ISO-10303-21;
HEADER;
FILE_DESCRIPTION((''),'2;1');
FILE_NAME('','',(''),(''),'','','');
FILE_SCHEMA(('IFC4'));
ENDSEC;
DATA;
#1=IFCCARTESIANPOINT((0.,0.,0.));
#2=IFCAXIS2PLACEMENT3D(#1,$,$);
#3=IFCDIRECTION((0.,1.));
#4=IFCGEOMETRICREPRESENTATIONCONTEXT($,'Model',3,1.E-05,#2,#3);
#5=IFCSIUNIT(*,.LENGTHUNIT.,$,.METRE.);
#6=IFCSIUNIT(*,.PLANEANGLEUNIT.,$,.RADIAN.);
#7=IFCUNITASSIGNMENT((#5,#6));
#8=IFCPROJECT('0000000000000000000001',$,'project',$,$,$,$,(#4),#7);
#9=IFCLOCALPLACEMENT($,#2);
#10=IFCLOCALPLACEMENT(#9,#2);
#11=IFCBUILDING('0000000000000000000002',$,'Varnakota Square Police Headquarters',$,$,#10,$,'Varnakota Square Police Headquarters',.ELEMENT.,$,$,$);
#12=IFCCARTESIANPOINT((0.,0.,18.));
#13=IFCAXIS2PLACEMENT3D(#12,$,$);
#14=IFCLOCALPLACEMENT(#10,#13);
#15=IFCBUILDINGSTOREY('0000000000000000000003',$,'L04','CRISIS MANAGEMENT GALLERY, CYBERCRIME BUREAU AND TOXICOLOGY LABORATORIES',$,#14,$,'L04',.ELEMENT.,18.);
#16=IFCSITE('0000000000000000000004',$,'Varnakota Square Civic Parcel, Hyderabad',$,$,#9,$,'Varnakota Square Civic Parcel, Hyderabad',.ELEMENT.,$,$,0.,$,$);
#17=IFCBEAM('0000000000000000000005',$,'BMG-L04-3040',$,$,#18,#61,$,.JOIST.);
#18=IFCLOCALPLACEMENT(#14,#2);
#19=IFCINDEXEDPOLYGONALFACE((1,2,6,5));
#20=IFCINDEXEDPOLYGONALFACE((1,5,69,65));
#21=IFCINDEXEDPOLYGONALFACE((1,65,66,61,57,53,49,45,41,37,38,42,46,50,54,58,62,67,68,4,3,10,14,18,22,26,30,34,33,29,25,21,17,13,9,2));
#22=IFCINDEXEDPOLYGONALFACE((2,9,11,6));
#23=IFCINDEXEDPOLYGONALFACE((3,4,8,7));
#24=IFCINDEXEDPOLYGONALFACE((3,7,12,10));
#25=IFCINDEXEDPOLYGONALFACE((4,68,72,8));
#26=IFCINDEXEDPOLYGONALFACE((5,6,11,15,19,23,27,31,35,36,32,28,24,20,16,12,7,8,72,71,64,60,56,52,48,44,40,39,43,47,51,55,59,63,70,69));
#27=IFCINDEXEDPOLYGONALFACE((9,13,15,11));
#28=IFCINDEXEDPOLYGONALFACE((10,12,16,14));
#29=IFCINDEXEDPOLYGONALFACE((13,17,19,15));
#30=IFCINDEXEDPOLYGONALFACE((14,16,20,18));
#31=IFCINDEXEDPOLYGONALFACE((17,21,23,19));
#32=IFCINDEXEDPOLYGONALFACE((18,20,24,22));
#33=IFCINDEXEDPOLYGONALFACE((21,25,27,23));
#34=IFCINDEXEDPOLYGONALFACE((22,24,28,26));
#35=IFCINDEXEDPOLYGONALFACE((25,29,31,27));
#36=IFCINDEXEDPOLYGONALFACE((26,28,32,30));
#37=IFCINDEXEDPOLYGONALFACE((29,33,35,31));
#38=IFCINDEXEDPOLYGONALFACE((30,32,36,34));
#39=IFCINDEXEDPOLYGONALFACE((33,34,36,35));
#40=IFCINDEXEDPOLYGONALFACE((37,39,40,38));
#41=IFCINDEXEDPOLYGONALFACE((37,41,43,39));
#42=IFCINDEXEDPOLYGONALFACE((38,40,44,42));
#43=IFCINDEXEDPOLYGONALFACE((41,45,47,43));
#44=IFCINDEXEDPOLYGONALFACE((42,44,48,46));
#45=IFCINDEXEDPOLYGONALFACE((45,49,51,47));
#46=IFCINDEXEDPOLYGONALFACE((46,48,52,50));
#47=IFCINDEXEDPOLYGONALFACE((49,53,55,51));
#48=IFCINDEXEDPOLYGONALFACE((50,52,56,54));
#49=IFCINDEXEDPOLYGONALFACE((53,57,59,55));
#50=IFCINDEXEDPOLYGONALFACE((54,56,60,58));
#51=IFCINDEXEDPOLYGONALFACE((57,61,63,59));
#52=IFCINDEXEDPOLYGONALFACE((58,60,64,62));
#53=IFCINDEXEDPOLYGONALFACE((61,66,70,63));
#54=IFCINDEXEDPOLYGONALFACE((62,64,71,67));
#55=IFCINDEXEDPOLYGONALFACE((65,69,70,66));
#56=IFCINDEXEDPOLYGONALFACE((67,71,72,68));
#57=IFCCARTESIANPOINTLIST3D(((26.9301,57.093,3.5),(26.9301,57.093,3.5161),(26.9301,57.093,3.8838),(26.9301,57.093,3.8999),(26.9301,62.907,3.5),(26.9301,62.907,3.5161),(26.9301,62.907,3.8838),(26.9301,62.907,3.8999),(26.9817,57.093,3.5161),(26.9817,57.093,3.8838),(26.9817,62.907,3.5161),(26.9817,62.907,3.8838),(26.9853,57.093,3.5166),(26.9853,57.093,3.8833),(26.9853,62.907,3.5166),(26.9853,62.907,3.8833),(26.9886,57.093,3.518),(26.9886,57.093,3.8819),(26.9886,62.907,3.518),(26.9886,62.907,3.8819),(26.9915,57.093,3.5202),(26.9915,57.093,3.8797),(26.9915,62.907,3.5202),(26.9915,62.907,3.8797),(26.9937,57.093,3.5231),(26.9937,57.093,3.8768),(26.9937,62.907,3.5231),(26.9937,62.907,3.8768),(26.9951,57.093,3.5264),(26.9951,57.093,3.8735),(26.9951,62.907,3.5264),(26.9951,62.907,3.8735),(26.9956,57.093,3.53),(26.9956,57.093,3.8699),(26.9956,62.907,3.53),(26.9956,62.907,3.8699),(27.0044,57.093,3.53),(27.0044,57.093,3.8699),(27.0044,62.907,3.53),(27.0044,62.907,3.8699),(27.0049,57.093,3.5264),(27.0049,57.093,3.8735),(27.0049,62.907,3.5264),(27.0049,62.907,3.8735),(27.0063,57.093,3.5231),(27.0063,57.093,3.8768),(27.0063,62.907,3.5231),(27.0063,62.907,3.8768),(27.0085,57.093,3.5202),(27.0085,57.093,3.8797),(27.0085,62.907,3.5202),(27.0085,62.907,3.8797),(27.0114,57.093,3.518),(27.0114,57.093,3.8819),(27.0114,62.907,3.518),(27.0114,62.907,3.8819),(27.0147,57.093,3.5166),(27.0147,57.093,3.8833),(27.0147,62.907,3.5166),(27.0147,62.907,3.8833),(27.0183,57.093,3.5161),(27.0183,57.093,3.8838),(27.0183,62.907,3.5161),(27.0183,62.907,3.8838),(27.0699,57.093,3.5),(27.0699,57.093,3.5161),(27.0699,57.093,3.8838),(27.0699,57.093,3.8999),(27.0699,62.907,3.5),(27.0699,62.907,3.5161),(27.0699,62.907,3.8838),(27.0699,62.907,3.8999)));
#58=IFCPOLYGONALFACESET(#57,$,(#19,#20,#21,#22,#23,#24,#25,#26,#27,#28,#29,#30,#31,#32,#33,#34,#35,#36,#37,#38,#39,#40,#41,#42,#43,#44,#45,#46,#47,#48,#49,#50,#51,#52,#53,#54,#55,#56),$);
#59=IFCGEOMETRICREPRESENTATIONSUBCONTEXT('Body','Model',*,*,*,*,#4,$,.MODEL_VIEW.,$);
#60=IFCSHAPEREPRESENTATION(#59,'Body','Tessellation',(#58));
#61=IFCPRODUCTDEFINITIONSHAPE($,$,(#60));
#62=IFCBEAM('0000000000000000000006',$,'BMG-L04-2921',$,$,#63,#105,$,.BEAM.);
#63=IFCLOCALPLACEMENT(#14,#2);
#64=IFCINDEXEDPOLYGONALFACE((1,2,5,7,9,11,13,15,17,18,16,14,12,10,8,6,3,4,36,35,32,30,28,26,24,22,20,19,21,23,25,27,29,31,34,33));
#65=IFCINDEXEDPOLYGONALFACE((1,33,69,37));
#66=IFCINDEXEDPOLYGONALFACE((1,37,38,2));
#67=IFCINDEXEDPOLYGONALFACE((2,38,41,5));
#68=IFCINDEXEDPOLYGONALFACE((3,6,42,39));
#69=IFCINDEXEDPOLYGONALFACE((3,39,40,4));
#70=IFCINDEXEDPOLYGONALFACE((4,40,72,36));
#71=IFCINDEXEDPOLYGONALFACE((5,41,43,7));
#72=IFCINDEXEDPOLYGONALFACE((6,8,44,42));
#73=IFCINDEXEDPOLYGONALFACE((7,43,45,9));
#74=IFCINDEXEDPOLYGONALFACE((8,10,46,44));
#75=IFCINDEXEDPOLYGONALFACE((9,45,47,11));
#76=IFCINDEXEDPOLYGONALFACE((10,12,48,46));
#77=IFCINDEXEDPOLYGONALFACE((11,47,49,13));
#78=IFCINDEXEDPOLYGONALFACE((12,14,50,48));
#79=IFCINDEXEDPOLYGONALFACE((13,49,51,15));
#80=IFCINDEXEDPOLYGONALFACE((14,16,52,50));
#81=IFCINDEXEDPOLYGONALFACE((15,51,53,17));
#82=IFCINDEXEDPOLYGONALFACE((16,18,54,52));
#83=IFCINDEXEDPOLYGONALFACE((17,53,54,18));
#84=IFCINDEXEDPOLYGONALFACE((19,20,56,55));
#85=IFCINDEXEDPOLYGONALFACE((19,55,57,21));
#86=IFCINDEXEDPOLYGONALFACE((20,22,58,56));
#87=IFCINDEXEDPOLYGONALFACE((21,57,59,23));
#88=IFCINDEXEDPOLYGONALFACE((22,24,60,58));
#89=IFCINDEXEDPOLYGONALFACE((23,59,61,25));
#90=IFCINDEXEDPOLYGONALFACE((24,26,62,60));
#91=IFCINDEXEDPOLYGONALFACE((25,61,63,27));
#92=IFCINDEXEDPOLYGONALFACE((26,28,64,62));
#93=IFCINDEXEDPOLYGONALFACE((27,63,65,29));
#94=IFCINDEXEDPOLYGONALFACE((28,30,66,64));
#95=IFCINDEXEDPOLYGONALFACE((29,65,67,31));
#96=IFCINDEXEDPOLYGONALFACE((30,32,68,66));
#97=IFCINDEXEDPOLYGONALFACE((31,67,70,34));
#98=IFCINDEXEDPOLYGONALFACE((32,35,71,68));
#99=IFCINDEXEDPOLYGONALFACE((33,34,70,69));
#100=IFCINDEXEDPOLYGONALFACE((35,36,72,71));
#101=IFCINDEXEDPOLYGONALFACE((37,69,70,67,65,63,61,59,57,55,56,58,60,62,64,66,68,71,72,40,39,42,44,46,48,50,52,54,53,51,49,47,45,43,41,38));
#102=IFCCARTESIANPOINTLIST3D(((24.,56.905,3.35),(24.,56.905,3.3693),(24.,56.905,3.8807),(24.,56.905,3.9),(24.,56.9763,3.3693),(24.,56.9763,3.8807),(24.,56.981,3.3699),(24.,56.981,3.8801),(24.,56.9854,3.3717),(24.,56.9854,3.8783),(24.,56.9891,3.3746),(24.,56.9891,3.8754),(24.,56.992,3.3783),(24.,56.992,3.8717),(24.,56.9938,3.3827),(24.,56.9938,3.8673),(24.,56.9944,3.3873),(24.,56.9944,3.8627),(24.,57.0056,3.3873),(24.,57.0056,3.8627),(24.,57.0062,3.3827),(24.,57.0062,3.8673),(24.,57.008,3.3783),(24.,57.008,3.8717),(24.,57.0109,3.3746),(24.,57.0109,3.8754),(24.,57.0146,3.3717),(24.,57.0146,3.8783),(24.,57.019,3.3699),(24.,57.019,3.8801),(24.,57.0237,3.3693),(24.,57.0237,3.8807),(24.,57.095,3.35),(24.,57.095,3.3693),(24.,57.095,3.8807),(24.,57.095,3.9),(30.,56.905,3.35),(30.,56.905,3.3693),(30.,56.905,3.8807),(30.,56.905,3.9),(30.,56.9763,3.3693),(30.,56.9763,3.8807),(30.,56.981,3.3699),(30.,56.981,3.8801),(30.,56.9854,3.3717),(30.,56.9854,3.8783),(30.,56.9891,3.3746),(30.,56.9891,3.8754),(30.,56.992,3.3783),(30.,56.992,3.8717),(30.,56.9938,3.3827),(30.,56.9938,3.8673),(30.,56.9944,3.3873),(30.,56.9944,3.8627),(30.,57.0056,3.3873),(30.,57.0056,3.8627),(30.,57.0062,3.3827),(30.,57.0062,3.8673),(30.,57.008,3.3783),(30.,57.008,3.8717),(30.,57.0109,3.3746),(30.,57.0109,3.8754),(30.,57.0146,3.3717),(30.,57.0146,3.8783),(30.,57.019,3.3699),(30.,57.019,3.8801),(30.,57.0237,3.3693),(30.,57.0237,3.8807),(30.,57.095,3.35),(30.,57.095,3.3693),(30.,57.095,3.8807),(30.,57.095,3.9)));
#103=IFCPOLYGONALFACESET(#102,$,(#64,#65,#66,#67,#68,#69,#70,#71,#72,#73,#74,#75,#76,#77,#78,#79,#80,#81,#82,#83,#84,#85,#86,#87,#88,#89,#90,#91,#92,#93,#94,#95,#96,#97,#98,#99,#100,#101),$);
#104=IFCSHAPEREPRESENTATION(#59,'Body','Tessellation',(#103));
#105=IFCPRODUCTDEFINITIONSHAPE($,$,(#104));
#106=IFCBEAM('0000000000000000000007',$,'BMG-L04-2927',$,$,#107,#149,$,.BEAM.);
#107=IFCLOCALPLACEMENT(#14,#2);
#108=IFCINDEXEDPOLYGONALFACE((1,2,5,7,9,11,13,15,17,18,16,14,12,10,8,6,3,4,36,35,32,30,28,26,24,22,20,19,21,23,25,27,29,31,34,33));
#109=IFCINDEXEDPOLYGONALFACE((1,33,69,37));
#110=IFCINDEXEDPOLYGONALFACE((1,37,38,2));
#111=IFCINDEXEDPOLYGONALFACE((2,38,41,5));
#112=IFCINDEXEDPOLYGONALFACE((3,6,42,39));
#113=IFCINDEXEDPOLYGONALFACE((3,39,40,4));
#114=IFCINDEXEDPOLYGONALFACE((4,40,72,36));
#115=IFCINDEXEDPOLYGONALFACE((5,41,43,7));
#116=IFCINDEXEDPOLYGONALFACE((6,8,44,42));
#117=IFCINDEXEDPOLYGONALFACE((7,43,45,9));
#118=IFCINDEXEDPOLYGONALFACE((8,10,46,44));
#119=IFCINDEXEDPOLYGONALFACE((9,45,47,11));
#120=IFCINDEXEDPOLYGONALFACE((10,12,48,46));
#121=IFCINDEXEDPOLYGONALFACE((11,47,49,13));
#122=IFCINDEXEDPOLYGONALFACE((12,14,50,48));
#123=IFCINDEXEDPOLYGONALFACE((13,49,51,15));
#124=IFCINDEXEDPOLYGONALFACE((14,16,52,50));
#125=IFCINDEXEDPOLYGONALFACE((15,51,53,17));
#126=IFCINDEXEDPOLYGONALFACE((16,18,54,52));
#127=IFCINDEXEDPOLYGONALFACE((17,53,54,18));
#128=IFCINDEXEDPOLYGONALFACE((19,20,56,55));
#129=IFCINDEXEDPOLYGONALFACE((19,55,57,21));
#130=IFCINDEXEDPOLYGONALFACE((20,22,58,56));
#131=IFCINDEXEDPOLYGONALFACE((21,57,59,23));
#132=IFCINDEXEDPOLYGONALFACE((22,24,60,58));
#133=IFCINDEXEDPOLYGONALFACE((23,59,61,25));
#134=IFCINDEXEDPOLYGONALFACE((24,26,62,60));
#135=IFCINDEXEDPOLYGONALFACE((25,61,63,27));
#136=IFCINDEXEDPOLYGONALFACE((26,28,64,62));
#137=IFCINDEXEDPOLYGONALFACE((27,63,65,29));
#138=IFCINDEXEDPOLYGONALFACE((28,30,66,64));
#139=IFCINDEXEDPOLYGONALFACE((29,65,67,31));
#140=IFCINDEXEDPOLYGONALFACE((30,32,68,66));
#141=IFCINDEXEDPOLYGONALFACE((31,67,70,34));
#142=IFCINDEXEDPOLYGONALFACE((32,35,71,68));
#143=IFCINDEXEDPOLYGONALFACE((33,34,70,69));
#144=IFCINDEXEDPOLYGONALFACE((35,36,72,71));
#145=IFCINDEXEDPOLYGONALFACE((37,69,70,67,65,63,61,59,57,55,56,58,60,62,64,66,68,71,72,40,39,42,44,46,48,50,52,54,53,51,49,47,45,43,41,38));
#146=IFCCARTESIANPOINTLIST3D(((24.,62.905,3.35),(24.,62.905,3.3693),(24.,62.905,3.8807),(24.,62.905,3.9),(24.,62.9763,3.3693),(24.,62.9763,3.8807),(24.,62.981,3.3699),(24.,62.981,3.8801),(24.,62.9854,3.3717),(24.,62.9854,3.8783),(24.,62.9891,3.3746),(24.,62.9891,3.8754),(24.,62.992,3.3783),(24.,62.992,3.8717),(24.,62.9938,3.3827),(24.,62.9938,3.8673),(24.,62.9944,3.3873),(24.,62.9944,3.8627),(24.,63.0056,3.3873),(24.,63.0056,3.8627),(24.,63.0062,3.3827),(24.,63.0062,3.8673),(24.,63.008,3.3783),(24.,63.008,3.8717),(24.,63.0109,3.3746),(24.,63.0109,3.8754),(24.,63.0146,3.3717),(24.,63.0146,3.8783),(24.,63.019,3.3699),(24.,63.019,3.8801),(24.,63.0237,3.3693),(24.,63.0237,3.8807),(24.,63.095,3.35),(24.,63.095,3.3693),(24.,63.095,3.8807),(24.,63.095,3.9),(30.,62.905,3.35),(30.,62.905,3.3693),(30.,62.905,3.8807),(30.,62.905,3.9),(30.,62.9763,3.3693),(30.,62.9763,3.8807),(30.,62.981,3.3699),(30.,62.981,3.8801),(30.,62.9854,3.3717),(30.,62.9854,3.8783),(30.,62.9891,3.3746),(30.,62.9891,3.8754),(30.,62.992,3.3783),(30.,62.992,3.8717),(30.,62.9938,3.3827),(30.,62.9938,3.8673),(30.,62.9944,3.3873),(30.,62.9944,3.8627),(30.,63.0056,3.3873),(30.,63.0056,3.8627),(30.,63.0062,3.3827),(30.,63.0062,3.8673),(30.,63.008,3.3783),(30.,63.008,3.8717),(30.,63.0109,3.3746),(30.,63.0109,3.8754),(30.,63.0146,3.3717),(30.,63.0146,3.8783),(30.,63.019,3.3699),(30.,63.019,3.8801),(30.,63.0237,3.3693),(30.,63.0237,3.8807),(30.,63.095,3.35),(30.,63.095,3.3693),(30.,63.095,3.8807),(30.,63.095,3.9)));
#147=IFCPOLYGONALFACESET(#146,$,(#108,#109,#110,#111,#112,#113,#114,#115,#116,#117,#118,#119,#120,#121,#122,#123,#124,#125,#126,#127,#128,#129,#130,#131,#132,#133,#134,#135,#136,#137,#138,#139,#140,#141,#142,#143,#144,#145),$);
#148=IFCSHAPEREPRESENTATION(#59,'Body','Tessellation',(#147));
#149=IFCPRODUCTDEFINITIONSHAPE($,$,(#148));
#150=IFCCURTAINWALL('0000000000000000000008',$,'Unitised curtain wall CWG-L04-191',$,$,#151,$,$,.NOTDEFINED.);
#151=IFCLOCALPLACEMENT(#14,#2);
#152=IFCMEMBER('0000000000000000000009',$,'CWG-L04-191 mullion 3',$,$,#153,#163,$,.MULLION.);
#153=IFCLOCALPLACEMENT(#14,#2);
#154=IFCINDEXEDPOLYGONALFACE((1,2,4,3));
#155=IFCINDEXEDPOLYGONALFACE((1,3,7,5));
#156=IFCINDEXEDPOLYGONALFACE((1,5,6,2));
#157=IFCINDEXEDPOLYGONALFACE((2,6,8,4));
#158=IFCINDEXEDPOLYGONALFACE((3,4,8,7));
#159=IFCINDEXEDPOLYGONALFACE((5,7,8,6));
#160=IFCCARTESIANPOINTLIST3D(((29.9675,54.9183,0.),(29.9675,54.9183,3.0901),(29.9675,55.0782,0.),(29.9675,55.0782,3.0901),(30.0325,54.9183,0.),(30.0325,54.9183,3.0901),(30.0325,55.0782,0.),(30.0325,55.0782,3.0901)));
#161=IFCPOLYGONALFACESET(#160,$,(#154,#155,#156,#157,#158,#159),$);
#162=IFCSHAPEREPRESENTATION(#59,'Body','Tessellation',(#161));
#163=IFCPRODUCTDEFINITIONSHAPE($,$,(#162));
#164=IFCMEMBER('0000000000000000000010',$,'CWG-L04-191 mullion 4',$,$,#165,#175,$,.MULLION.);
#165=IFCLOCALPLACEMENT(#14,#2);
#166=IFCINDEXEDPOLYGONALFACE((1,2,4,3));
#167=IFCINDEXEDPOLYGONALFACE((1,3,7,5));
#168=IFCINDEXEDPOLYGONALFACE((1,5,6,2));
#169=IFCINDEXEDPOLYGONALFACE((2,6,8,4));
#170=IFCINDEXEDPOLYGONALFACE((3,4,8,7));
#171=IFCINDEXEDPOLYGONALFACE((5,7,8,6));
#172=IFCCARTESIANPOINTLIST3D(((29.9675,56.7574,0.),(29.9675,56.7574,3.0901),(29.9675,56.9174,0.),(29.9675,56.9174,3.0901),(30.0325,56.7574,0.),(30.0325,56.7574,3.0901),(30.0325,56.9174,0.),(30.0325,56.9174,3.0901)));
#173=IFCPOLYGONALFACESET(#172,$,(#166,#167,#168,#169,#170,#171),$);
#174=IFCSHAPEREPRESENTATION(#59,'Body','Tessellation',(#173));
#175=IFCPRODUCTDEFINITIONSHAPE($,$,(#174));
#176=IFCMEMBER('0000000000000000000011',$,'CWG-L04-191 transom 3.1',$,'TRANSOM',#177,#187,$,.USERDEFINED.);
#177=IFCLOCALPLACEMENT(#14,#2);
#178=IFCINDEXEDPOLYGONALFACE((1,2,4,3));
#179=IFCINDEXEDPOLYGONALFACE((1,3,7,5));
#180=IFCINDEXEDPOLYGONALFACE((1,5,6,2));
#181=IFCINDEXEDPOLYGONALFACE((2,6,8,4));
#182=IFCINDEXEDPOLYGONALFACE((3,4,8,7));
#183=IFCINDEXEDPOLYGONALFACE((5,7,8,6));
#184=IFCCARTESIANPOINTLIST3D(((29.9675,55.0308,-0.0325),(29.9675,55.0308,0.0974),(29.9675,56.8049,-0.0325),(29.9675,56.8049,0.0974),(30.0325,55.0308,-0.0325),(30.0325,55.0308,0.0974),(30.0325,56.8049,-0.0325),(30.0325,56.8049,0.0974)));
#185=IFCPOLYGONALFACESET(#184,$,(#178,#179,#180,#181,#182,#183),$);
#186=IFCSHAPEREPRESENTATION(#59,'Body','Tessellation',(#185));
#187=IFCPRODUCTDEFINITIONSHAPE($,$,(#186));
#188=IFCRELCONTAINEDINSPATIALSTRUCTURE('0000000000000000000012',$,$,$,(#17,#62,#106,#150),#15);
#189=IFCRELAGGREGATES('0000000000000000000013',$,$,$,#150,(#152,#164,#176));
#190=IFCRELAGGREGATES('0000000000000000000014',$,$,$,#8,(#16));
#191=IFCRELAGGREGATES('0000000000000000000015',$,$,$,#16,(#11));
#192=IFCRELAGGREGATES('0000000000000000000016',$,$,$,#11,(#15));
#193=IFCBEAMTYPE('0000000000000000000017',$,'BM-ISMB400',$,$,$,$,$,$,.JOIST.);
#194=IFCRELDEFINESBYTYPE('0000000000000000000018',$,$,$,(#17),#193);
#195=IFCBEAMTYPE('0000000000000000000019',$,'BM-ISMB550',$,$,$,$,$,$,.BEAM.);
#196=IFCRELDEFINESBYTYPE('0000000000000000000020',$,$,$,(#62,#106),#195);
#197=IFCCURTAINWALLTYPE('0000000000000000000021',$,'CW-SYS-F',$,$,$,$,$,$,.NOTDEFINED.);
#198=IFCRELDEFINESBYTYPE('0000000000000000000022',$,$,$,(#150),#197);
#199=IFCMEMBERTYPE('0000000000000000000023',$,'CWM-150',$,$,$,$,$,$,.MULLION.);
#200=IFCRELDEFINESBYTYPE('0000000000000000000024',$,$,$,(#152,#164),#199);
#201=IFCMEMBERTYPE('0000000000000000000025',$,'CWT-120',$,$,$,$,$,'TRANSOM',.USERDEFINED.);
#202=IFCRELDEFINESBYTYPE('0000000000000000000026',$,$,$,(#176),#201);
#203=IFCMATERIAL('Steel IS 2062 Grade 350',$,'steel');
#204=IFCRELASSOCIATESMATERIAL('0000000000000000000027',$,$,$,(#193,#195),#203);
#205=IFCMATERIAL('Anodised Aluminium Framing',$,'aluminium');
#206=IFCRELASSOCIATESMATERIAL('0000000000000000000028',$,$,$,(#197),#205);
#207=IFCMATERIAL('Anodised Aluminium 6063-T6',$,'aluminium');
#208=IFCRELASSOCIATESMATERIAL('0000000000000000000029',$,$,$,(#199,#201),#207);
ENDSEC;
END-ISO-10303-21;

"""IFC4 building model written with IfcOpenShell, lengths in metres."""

from ifc_helpers import new_model, si_unit, direction, frame, origin, origin_2d, place, context, subcontext, project, spatial, rectangle, i_section, extrude, material, material_profile, profile_set, type_object, element, aggregate, save


model = new_model("IFC4")

# Units and contexts
model_context = context("Model", 3, precision=1e-05, world=origin(), true_north=direction((0.0, 1.0)))
body_context = subcontext(model_context, "Body", "Model", "MODEL_VIEW")
ifc_project = project(units=[si_unit("LENGTHUNIT", "METRE"), si_unit("PLANEANGLEUNIT", "RADIAN")], contexts=[model_context])

# Site, building, storey
site_placement = place(None, origin())
site = spatial("IfcSite", under=ifc_project, at=site_placement, Name="Varnakota Square Civic Parcel, Hyderabad", LongName="Varnakota Square Civic Parcel, Hyderabad", CompositionType="ELEMENT", RefElevation=0.0)
building_placement = place(site_placement, origin())
building = spatial("IfcBuilding", under=site, at=building_placement, Name="Varnakota Square Police Headquarters", LongName="Varnakota Square Police Headquarters", CompositionType="ELEMENT")
storey_placement = place(building_placement, frame((0.0, 0.0, 18.0)))
storey = spatial("IfcBuildingStorey", under=building, at=storey_placement, Name="L04", Description="CRISIS MANAGEMENT GALLERY, CYBERCRIME BUREAU AND TOXICOLOGY LABORATORIES", LongName="L04", CompositionType="ELEMENT", Elevation=18.0)

# Shared definitions
ifc_material_1 = material(Name="Steel IS 2062 Grade 350", Category="steel")

# Beams
ifc_material_profile_1 = material_profile(ifc_material_1, i_section(OverallWidth=0.1399, OverallDepth=0.3999, WebThickness=0.0088, FlangeThickness=0.0161, FilletRadius=0.0139, at=origin_2d()), Name="ISMB 400")
ifc_profile_set_1 = profile_set([ifc_material_profile_1], Name="Steel IS 2062 Grade 350")
beam_type_1 = type_object("IfcBeamType", Name="BM-ISMB400", PredefinedType="JOIST", material=ifc_profile_set_1)
beam_1_placement = place(storey_placement, frame((27.0, 57.093, 3.7), z_axis=(0.0, 1.0, 0.0), x_axis=(-1.0, 0.0, 0.0)))
element("IfcBeam", 1, at=beam_1_placement, inside=storey, type_object=beam_type_1, Name="BMG-L04-3040", PredefinedType="JOIST", context=body_context, shape_type="SweptSolid", body=[
    extrude(i_section(OverallWidth=0.1399, OverallDepth=0.3999, WebThickness=0.0088, FlangeThickness=0.0161, FilletRadius=0.0139, at=origin_2d()), origin(), (0.0, 0.0, 1.0), 5.814),
])
ifc_material_profile_2 = material_profile(ifc_material_1, i_section(OverallWidth=0.1899, OverallDepth=0.55, WebThickness=0.0112, FlangeThickness=0.0193, FilletRadius=0.0181, at=origin_2d()), Name="ISMB 550")
ifc_profile_set_2 = profile_set([ifc_material_profile_2], Name="Steel IS 2062 Grade 350")
beam_type_2 = type_object("IfcBeamType", Name="BM-ISMB550", PredefinedType="BEAM", material=ifc_profile_set_2)
for number, where, z_axis, x_axis, name in (
    (2, (24.0, 57.0, 3.625), (1.0, 0.0, 0.0), (0.0, 1.0, 0.0), "BMG-L04-2921"),
    (3, (24.0, 63.0, 3.625), (1.0, 0.0, 0.0), (0.0, 1.0, 0.0), "BMG-L04-2927"),
):
    element("IfcBeam", number, at=place(storey_placement, frame(where, z_axis=z_axis, x_axis=x_axis)), inside=storey, type_object=beam_type_2, Name=name, PredefinedType="BEAM", context=body_context, shape_type="SweptSolid", body=[
        extrude(i_section(OverallWidth=0.1899, OverallDepth=0.55, WebThickness=0.0112, FlangeThickness=0.0193, FilletRadius=0.0181, at=origin_2d()), origin(), (0.0, 0.0, 1.0), 6.0),
    ])

# Curtain wall, members
ifc_material_2 = material(Name="Anodised Aluminium Framing", Category="aluminium")
curtain_wall_type = type_object("IfcCurtainWallType", Name="CW-SYS-F", PredefinedType="NOTDEFINED", material=ifc_material_2)
curtain_wall_placement = place(storey_placement, origin())
curtain_wall = element("IfcCurtainWall", 4, at=curtain_wall_placement, inside=storey, type_object=curtain_wall_type, Name="Unitised curtain wall CWG-L04-191", PredefinedType="NOTDEFINED")
ifc_material_3 = material(Name="Anodised Aluminium 6063-T6", Category="aluminium")
ifc_material_profile_3 = material_profile(ifc_material_3, rectangle(XDim=0.0649, YDim=0.1599, at=origin_2d()), Name="ALU MULLION 65x160")
ifc_profile_set_3 = profile_set([ifc_material_profile_3], Name="Anodised Aluminium 6063-T6")
member_type_1 = type_object("IfcMemberType", Name="CWM-150", PredefinedType="MULLION", material=ifc_profile_set_3)
member_1_placement = place(storey_placement, frame((30.0, 54.9983, 0.0), z_axis=(0.0, 0.0, 1.0), x_axis=(-1.0, 0.0, 0.0)))
member_1 = element("IfcMember", 5, at=member_1_placement, type_object=member_type_1, Name="CWG-L04-191 mullion 3", PredefinedType="MULLION", context=body_context, shape_type="SweptSolid", body=[
    extrude(rectangle(XDim=0.0649, YDim=0.1599, at=origin_2d()), origin(), (0.0, 0.0, 1.0), 3.0901),
])
member_2_placement = place(storey_placement, frame((30.0, 56.8374, 0.0), z_axis=(0.0, 0.0, 1.0), x_axis=(-1.0, 0.0, 0.0)))
member_2 = element("IfcMember", 6, at=member_2_placement, type_object=member_type_1, Name="CWG-L04-191 mullion 4", PredefinedType="MULLION", context=body_context, shape_type="SweptSolid", body=[
    extrude(rectangle(XDim=0.0649, YDim=0.1599, at=origin_2d()), origin(), (0.0, 0.0, 1.0), 3.0901),
])
ifc_material_profile_4 = material_profile(ifc_material_3, rectangle(XDim=0.0649, YDim=0.1299, at=origin_2d()), Name="ALU TRANSOM 65x130")
ifc_profile_set_4 = profile_set([ifc_material_profile_4], Name="Anodised Aluminium 6063-T6")
member_type_2 = type_object("IfcMemberType", Name="CWT-120", ElementType="TRANSOM", PredefinedType="USERDEFINED", material=ifc_profile_set_4)
member_3_placement = place(storey_placement, frame((30.0, 55.0308, 0.0325), z_axis=(0.0, 1.0, 0.0), x_axis=(-1.0, 0.0, 0.0)))
member_3 = element("IfcMember", 7, at=member_3_placement, type_object=member_type_2, Name="CWG-L04-191 transom 3.1", ObjectType="TRANSOM", PredefinedType="USERDEFINED", context=body_context, shape_type="SweptSolid", body=[
    extrude(rectangle(XDim=0.0649, YDim=0.1299, at=origin_2d()), origin(), (0.0, 0.0, 1.0), 1.7742),
])
aggregate(curtain_wall, [member_1, member_2, member_3])

save(model, "model.ifc")
